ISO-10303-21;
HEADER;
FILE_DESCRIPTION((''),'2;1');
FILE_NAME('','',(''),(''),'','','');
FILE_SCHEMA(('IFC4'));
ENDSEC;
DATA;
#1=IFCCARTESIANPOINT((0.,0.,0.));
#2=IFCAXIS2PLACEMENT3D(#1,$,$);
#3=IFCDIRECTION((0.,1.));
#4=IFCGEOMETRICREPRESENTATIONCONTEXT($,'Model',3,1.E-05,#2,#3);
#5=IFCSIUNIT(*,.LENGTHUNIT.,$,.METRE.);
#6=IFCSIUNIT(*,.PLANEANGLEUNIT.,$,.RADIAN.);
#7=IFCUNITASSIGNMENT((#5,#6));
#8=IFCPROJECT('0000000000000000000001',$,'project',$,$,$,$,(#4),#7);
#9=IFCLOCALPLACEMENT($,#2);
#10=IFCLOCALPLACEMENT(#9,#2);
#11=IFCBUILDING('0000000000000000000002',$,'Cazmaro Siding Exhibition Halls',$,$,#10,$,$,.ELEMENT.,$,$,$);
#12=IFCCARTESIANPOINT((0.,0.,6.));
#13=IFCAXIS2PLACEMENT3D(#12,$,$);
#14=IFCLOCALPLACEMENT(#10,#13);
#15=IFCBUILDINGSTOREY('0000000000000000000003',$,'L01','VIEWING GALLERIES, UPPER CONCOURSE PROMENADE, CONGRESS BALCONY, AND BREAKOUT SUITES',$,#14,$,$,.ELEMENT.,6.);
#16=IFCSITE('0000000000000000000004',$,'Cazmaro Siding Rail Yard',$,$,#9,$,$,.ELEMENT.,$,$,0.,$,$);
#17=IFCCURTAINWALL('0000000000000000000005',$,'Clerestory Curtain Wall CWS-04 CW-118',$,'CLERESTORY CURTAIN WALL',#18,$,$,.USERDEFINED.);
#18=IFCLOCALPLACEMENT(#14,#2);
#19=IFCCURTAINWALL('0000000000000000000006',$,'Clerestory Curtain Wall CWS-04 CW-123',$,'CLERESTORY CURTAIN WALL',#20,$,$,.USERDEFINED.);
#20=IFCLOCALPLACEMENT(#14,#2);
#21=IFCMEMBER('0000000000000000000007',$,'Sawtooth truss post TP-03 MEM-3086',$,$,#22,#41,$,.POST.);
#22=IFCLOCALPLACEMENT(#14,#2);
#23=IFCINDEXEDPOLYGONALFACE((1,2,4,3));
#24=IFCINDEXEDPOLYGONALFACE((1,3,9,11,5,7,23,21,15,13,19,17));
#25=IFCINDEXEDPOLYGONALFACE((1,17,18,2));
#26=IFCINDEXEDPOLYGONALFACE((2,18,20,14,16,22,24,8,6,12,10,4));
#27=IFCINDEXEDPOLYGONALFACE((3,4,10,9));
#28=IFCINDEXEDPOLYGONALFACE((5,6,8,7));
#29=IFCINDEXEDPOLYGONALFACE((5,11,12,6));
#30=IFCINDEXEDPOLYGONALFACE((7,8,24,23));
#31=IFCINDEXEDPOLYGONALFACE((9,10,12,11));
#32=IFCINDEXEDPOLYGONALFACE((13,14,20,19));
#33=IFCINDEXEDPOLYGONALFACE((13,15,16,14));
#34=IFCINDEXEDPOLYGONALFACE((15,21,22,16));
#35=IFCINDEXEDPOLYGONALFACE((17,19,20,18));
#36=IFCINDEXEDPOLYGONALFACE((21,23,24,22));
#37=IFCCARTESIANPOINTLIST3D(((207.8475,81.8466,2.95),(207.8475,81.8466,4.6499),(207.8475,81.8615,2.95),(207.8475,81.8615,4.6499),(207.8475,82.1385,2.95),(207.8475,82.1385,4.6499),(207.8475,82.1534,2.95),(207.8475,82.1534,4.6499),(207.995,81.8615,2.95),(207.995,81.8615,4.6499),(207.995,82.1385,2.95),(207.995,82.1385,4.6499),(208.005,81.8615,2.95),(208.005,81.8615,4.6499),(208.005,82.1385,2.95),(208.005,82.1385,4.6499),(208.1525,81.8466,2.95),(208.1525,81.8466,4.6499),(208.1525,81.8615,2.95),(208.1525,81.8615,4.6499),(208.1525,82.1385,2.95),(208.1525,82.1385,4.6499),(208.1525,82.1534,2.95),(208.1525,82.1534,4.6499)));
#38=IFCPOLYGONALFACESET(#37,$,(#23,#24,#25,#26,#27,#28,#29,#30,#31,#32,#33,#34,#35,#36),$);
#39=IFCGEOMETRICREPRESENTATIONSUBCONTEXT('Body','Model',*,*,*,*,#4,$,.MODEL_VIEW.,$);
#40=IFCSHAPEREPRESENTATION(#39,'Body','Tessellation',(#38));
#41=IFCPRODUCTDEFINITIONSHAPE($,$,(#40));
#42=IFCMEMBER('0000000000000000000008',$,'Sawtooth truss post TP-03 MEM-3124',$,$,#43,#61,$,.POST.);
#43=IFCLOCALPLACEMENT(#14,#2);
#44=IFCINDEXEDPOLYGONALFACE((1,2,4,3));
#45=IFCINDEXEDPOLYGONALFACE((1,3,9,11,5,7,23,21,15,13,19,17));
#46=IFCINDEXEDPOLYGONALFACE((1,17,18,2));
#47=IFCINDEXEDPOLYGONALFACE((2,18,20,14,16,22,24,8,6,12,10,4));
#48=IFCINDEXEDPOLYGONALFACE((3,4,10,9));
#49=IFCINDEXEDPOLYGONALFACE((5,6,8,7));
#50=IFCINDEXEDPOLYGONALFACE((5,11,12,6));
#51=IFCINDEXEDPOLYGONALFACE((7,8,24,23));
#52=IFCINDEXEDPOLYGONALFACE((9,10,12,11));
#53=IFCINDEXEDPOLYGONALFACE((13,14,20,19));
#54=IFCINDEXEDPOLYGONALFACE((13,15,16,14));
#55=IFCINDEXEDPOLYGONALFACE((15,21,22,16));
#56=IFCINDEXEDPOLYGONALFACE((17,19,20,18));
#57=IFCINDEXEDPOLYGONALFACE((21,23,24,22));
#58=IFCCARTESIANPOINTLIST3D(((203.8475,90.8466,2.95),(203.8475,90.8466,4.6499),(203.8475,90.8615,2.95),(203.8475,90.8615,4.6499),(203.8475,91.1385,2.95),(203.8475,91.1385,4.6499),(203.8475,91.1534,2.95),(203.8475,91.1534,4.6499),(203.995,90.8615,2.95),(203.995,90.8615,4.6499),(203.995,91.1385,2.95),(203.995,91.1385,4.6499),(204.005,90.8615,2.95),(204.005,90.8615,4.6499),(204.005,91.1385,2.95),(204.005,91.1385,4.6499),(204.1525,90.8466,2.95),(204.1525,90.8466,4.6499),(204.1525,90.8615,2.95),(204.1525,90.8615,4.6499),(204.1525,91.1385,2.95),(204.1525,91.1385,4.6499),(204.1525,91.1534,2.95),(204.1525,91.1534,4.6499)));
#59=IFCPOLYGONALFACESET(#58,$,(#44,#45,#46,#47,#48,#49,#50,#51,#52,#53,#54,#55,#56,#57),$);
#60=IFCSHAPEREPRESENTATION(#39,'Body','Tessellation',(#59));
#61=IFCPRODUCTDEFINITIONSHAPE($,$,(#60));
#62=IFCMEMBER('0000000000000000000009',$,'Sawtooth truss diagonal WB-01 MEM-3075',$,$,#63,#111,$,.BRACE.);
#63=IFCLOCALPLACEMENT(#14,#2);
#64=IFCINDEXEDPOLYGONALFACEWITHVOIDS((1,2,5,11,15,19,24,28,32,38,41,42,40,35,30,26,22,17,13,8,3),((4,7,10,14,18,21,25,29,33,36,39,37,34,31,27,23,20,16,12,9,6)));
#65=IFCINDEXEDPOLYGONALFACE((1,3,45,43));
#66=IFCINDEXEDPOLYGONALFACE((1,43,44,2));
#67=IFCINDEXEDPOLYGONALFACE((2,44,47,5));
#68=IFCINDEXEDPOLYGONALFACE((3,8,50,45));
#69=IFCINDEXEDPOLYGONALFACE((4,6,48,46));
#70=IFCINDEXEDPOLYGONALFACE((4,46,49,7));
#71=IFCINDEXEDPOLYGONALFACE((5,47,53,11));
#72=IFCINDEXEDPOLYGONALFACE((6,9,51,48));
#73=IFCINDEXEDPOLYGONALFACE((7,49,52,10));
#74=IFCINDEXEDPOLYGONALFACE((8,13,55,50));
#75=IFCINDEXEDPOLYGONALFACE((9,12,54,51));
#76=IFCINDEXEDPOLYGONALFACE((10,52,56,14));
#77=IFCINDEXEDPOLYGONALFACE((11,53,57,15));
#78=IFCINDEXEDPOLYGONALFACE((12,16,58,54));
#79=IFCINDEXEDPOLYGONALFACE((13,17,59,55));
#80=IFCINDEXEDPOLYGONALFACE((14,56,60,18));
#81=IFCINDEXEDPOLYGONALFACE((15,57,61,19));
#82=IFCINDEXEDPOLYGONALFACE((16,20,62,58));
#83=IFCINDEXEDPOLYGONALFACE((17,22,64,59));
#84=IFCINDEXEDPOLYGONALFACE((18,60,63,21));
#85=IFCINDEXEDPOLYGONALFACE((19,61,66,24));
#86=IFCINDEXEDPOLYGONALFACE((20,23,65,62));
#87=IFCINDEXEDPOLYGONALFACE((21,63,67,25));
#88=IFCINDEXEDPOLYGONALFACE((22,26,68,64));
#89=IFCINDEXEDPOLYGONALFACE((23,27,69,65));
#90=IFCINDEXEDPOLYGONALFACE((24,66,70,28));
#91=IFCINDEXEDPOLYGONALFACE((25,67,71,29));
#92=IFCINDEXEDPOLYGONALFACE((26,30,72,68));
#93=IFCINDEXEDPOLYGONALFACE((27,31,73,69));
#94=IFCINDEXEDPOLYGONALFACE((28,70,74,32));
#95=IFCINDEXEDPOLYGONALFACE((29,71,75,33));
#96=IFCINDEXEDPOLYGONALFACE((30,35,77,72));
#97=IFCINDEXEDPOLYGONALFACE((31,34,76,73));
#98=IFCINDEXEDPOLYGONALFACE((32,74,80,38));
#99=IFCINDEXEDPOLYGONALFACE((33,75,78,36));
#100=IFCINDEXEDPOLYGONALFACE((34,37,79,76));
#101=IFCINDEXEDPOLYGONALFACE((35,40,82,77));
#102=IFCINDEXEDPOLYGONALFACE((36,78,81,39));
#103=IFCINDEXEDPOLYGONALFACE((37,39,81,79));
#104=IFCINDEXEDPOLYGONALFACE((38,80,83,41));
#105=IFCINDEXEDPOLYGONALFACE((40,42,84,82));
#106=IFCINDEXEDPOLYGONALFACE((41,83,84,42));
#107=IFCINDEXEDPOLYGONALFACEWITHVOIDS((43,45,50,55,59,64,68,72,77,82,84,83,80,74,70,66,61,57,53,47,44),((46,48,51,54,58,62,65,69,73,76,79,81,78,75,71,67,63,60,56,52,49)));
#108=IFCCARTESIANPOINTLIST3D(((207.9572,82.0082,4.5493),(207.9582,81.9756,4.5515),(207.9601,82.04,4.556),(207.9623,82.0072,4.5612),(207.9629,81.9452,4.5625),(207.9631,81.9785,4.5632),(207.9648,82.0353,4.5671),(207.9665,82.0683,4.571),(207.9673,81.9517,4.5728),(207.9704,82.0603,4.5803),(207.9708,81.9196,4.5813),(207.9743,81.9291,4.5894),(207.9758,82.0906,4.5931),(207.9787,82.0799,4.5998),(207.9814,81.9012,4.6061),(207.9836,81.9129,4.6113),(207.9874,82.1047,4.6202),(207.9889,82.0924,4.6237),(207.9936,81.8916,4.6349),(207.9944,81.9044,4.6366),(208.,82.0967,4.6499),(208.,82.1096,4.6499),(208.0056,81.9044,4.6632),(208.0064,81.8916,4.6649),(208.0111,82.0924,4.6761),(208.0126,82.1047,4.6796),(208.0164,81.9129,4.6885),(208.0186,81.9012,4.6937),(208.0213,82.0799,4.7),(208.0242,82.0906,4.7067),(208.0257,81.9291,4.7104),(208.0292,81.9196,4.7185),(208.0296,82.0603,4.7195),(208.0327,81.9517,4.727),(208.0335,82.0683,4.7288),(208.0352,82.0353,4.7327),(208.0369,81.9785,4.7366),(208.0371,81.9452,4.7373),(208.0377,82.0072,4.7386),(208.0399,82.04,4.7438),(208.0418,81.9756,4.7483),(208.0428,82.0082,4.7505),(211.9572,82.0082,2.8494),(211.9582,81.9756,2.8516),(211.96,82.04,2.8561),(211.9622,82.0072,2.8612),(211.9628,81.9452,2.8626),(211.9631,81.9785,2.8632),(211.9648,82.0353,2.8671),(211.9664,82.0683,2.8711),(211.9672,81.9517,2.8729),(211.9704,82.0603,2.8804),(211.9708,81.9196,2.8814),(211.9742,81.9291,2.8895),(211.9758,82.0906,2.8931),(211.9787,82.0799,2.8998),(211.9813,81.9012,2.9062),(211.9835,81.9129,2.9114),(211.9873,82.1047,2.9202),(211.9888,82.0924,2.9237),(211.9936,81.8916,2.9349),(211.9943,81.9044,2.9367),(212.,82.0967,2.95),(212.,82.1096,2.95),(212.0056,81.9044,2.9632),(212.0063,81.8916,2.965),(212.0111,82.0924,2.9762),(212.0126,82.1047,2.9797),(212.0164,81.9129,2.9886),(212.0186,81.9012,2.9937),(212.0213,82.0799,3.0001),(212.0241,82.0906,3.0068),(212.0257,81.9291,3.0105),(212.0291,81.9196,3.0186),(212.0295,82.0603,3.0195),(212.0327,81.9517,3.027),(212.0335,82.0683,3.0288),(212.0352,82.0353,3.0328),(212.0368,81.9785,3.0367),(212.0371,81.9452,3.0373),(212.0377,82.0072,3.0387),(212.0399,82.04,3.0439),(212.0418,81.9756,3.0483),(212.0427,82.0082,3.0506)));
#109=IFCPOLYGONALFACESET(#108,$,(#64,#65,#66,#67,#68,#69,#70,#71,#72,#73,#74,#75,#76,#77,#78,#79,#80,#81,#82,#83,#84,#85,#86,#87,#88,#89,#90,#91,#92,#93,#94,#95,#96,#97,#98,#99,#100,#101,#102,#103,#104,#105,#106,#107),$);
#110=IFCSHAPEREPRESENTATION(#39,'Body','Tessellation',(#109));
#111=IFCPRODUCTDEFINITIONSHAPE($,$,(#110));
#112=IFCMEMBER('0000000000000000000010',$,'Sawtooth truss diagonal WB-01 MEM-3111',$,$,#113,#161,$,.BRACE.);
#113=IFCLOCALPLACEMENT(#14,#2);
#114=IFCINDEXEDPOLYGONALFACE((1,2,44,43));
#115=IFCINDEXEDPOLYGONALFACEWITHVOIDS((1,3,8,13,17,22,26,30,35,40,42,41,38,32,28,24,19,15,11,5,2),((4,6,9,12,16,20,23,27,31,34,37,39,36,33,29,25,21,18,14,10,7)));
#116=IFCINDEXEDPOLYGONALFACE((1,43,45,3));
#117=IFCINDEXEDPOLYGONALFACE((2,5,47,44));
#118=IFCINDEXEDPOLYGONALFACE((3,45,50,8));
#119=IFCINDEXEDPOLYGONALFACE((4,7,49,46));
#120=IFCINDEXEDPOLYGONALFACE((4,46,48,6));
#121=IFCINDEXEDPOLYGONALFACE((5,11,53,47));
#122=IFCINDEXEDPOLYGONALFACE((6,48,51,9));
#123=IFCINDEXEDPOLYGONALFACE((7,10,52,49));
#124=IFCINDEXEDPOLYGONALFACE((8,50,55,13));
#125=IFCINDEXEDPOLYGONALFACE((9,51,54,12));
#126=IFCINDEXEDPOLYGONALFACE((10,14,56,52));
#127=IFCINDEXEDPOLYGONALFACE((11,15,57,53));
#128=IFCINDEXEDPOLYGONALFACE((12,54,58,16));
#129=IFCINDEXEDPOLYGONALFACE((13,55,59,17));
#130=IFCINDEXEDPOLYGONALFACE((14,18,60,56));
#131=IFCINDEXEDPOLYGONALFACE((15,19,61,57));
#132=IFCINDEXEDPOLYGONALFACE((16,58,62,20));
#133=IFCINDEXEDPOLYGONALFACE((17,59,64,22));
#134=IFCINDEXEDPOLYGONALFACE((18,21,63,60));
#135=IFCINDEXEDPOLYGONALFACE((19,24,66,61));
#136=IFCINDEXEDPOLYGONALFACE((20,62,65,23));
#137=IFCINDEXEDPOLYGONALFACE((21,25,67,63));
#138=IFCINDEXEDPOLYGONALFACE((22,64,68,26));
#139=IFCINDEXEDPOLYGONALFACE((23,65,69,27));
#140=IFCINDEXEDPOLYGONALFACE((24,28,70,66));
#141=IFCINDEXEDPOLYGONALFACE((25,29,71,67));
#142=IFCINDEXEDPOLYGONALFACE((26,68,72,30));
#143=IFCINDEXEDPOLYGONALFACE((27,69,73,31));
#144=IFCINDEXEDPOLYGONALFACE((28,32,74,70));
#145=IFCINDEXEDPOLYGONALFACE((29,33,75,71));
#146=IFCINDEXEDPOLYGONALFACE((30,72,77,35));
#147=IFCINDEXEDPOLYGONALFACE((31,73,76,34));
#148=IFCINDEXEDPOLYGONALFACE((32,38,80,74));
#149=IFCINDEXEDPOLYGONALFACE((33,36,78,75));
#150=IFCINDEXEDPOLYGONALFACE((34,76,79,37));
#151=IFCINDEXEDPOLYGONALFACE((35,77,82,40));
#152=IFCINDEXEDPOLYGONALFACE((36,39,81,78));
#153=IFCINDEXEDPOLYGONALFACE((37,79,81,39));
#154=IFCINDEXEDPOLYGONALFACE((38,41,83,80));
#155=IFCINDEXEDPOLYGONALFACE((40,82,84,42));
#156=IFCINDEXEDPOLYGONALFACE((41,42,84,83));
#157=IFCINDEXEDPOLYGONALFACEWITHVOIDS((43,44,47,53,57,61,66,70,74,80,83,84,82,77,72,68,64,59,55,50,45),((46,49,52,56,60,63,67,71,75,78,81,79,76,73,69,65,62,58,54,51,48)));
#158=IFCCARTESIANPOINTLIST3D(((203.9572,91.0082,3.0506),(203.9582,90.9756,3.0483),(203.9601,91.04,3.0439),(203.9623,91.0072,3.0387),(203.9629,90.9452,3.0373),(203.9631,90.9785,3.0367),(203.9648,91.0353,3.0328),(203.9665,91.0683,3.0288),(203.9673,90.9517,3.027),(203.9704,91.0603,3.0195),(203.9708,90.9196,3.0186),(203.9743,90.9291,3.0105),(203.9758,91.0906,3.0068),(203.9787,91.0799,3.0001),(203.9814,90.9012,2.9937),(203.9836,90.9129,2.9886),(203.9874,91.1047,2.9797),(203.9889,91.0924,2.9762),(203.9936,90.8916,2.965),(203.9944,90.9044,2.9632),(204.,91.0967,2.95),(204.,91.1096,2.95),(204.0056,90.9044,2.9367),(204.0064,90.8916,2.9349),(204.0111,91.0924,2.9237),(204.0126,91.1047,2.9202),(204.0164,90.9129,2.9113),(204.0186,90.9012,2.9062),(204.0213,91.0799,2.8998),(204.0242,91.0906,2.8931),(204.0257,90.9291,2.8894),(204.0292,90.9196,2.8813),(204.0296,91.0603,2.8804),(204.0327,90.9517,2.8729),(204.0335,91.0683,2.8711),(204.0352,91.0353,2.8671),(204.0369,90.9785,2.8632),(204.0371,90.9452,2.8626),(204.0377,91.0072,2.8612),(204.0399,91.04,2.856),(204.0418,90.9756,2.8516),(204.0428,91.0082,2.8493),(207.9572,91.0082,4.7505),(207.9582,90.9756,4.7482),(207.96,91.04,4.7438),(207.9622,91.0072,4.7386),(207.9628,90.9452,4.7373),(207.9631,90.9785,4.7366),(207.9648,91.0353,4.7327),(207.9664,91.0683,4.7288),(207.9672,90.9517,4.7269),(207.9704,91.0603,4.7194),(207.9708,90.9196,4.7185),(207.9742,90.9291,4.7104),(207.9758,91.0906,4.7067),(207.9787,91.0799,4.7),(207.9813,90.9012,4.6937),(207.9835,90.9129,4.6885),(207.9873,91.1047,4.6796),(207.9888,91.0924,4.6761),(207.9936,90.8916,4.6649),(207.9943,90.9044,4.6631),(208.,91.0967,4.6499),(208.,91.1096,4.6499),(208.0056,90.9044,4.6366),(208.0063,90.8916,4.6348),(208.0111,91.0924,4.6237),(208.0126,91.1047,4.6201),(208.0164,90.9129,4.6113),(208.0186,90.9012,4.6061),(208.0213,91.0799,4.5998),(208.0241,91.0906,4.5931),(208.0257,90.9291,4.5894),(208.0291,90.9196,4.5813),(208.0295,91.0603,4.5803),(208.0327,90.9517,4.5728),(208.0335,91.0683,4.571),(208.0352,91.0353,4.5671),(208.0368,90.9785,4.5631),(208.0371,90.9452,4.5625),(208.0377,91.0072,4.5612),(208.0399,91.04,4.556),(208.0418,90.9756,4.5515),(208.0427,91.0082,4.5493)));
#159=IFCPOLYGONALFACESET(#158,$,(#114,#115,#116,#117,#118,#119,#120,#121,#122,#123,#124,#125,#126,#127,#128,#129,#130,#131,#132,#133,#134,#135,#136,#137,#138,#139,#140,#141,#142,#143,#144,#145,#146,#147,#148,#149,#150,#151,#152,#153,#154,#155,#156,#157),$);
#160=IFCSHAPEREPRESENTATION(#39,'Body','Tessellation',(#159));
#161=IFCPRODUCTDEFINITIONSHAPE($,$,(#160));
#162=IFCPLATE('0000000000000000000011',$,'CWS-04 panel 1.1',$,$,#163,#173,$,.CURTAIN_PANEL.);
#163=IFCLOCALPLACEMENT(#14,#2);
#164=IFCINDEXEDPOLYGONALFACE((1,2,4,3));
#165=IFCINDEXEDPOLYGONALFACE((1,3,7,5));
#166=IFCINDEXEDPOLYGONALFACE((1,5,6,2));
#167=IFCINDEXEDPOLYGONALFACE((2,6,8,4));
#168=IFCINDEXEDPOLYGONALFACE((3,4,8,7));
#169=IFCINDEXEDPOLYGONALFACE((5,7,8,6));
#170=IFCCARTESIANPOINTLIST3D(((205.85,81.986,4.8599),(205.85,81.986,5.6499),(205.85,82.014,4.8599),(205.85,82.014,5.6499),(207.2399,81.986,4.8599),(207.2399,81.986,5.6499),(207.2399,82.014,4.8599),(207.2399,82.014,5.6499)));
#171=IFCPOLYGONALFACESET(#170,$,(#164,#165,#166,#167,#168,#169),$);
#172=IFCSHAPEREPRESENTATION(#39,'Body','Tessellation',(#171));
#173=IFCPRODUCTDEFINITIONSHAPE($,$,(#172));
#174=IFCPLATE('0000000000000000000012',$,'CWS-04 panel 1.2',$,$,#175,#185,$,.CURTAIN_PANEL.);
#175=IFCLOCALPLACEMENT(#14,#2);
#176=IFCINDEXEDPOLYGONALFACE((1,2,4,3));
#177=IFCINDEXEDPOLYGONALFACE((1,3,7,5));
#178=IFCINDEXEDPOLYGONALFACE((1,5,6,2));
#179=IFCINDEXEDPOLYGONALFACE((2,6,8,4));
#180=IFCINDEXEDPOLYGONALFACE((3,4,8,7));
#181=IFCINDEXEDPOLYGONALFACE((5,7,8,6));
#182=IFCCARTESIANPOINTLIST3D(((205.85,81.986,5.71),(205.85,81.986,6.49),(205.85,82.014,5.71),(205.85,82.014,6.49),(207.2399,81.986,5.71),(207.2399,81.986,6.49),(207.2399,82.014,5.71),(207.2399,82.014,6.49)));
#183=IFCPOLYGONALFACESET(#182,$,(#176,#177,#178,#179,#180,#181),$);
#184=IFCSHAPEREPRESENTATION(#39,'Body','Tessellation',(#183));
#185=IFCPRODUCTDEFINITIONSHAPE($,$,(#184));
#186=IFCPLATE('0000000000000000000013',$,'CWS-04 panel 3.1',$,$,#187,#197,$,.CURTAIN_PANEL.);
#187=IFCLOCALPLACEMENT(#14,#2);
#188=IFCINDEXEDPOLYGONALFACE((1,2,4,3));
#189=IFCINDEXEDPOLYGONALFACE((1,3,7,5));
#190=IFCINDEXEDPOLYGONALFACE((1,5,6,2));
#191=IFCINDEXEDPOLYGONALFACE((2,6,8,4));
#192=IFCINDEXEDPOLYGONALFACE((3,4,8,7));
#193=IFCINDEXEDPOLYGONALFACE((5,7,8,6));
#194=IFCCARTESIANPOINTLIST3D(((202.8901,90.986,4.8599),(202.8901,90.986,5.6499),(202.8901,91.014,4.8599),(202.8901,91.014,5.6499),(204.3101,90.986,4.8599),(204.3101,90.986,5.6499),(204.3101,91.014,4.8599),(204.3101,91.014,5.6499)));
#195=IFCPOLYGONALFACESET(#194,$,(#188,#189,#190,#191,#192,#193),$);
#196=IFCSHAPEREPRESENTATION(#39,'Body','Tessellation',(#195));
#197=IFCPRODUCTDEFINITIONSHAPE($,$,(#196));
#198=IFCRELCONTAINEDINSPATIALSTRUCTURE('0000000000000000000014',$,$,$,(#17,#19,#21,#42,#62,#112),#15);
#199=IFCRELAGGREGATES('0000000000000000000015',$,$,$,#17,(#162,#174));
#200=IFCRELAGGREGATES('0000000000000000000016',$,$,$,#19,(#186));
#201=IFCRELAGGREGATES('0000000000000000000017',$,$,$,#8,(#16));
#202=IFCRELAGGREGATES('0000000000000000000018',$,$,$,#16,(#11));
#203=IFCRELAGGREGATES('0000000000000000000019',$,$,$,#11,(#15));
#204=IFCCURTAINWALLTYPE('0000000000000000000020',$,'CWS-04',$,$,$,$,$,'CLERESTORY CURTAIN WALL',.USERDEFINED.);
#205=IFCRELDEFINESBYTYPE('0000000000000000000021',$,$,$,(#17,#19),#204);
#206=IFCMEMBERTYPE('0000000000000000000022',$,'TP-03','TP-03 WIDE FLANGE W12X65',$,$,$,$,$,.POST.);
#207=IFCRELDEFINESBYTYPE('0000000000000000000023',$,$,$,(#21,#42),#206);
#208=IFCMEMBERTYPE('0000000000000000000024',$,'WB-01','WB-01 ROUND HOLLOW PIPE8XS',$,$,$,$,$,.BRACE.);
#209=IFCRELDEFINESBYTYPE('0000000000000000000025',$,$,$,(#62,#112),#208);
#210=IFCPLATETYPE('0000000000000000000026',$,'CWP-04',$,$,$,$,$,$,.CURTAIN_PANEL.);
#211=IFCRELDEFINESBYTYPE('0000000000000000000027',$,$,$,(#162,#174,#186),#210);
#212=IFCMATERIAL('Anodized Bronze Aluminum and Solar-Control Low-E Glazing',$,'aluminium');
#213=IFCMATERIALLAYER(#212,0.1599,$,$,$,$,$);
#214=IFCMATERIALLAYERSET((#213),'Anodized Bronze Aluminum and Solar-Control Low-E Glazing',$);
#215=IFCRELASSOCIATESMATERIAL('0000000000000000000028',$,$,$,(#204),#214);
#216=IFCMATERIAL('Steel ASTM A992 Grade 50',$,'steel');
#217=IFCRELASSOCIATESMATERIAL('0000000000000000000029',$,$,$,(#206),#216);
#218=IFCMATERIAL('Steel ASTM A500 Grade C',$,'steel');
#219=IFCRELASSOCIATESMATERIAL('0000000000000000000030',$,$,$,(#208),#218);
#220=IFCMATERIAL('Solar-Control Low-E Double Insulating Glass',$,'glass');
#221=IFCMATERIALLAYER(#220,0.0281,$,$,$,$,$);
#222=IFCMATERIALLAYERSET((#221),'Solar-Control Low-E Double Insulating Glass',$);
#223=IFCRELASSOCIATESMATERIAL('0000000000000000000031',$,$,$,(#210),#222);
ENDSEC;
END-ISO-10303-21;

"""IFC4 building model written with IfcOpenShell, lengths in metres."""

from ifc_helpers import new_model, si_unit, direction, frame, origin, origin_2d, place, context, subcontext, project, spatial, rectangle, hollow_circle, i_section, extrude, material, layer, layer_set, material_profile, profile_set, type_object, element, aggregate, save


model = new_model("IFC4")

# Units and contexts
model_context = context("Model", 3, precision=1e-05, world=origin(), true_north=direction((0.0, 1.0)))
body_context = subcontext(model_context, "Body", "Model", "MODEL_VIEW")
ifc_project = project(units=[si_unit("LENGTHUNIT", "METRE"), si_unit("PLANEANGLEUNIT", "RADIAN")], contexts=[model_context])

# Site, building, storey
site_placement = place(None, origin())
site = spatial("IfcSite", under=ifc_project, at=site_placement, Name="Cazmaro Siding Rail Yard", CompositionType="ELEMENT", RefElevation=0.0)
building_placement = place(site_placement, origin())
building = spatial("IfcBuilding", under=site, at=building_placement, Name="Cazmaro Siding Exhibition Halls", CompositionType="ELEMENT")
storey_placement = place(building_placement, frame((0.0, 0.0, 6.0)))
storey = spatial("IfcBuildingStorey", under=building, at=storey_placement, Name="L01", Description="VIEWING GALLERIES, UPPER CONCOURSE PROMENADE, CONGRESS BALCONY, AND BREAKOUT SUITES", CompositionType="ELEMENT", Elevation=6.0)

# Curtain walls
ifc_material_1 = material(Name="Anodized Bronze Aluminum and Solar-Control Low-E Glazing", Category="aluminium")
ifc_layer_1 = layer(ifc_material_1, 0.1599)
ifc_layer_set_1 = layer_set([ifc_layer_1], Name="Anodized Bronze Aluminum and Solar-Control Low-E Glazing")
curtain_wall_type = type_object("IfcCurtainWallType", Name="CWS-04", ElementType="CLERESTORY CURTAIN WALL", PredefinedType="USERDEFINED", material=ifc_layer_set_1)
curtain_wall_1_placement = place(storey_placement, origin())
curtain_wall_1 = element("IfcCurtainWall", 1, at=curtain_wall_1_placement, inside=storey, type_object=curtain_wall_type, Name="Clerestory Curtain Wall CWS-04 CW-118", ObjectType="CLERESTORY CURTAIN WALL", PredefinedType="USERDEFINED")
curtain_wall_2_placement = place(storey_placement, origin())
curtain_wall_2 = element("IfcCurtainWall", 2, at=curtain_wall_2_placement, inside=storey, type_object=curtain_wall_type, Name="Clerestory Curtain Wall CWS-04 CW-123", ObjectType="CLERESTORY CURTAIN WALL", PredefinedType="USERDEFINED")

# Members
ifc_material_2 = material(Name="Steel ASTM A992 Grade 50", Category="steel")
ifc_material_profile_1 = material_profile(ifc_material_2, i_section(OverallWidth=0.3049, OverallDepth=0.3069, WebThickness=0.01, FlangeThickness=0.0149, at=origin_2d()), Name="W12X65")
ifc_profile_set_1 = profile_set([ifc_material_profile_1], Name="Steel ASTM A992 Grade 50")
member_type_1 = type_object("IfcMemberType", Name="TP-03", Description="TP-03 WIDE FLANGE W12X65", PredefinedType="POST", material=ifc_profile_set_1)
for number, where, z_axis, x_axis, name in (
    (3, (208.0, 82.0, 2.95), (0.0, 0.0, 1.0), (1.0, 0.0, 0.0), "Sawtooth truss post TP-03 MEM-3086"),
    (4, (204.0, 91.0, 2.95), (0.0, 0.0, 1.0), (1.0, 0.0, 0.0), "Sawtooth truss post TP-03 MEM-3124"),
):
    element("IfcMember", number, at=place(storey_placement, frame(where, z_axis=z_axis, x_axis=x_axis)), inside=storey, type_object=member_type_1, Name=name, PredefinedType="POST", context=body_context, shape_type="SweptSolid", body=[
        extrude(i_section(OverallWidth=0.3049, OverallDepth=0.3069, WebThickness=0.01, FlangeThickness=0.0149, at=origin_2d()), origin(), (0.0, 0.0, 1.0), 1.7),
    ])
ifc_material_3 = material(Name="Steel ASTM A500 Grade C", Category="steel")
ifc_material_profile_2 = material_profile(ifc_material_3, hollow_circle(Radius=0.1096, WallThickness=0.0129, at=origin_2d()), Name="PIPE8XS")
ifc_profile_set_2 = profile_set([ifc_material_profile_2], Name="Steel ASTM A500 Grade C")
member_type_2 = type_object("IfcMemberType", Name="WB-01", Description="WB-01 ROUND HOLLOW PIPE8XS", PredefinedType="BRACE", material=ifc_profile_set_2)
for number, where, z_axis, x_axis, name in (
    (5, (208.0, 82.0, 4.6499), (0.920335, 0.0, -0.391131), (0.0, 1.0, 0.0), "Sawtooth truss diagonal WB-01 MEM-3075"),
    (6, (204.0, 91.0, 2.95), (0.920335, 0.0, 0.391131), (0.0, 1.0, 0.0), "Sawtooth truss diagonal WB-01 MEM-3111"),
):
    element("IfcMember", number, at=place(storey_placement, frame(where, z_axis=z_axis, x_axis=x_axis)), inside=storey, type_object=member_type_2, Name=name, PredefinedType="BRACE", context=body_context, shape_type="SweptSolid", body=[
        extrude(hollow_circle(Radius=0.1096, WallThickness=0.0129, at=origin_2d()), origin(), (0.0, 0.0, 1.0), 4.3462),
    ])

# Plates
ifc_material_4 = material(Name="Solar-Control Low-E Double Insulating Glass", Category="glass")
ifc_layer_2 = layer(ifc_material_4, 0.0281)
ifc_layer_set_2 = layer_set([ifc_layer_2], Name="Solar-Control Low-E Double Insulating Glass")
plate_type = type_object("IfcPlateType", Name="CWP-04", PredefinedType="CURTAIN_PANEL", material=ifc_layer_set_2)
plate_1_placement = place(storey_placement, frame((206.5449, 82.0, 4.8599), z_axis=(0.0, 0.0, 1.0), x_axis=(-1.0, 0.0, 0.0)))
plate_1 = element("IfcPlate", 7, at=plate_1_placement, type_object=plate_type, Name="CWS-04 panel 1.1", PredefinedType="CURTAIN_PANEL", context=body_context, shape_type="SweptSolid", body=[
    extrude(rectangle(XDim=1.3899, YDim=0.0281, at=origin_2d()), origin(), (0.0, 0.0, 1.0), 0.79),
])
plate_2_placement = place(storey_placement, frame((206.5449, 82.0, 5.71), z_axis=(0.0, 0.0, 1.0), x_axis=(-1.0, 0.0, 0.0)))
plate_2 = element("IfcPlate", 8, at=plate_2_placement, type_object=plate_type, Name="CWS-04 panel 1.2", PredefinedType="CURTAIN_PANEL", context=body_context, shape_type="SweptSolid", body=[
    extrude(rectangle(XDim=1.3899, YDim=0.0281, at=origin_2d()), origin(), (0.0, 0.0, 1.0), 0.78),
])
aggregate(curtain_wall_1, [plate_1, plate_2])
plate_3_placement = place(storey_placement, frame((203.6001, 91.0, 4.8599), z_axis=(0.0, 0.0, 1.0), x_axis=(-1.0, 0.0, 0.0)))
plate_3 = element("IfcPlate", 9, at=plate_3_placement, type_object=plate_type, Name="CWS-04 panel 3.1", PredefinedType="CURTAIN_PANEL", context=body_context, shape_type="SweptSolid", body=[
    extrude(rectangle(XDim=1.4199, YDim=0.0281, at=origin_2d()), origin(), (0.0, 0.0, 1.0), 0.79),
])
aggregate(curtain_wall_2, [plate_3])

save(model, "model.ifc")
